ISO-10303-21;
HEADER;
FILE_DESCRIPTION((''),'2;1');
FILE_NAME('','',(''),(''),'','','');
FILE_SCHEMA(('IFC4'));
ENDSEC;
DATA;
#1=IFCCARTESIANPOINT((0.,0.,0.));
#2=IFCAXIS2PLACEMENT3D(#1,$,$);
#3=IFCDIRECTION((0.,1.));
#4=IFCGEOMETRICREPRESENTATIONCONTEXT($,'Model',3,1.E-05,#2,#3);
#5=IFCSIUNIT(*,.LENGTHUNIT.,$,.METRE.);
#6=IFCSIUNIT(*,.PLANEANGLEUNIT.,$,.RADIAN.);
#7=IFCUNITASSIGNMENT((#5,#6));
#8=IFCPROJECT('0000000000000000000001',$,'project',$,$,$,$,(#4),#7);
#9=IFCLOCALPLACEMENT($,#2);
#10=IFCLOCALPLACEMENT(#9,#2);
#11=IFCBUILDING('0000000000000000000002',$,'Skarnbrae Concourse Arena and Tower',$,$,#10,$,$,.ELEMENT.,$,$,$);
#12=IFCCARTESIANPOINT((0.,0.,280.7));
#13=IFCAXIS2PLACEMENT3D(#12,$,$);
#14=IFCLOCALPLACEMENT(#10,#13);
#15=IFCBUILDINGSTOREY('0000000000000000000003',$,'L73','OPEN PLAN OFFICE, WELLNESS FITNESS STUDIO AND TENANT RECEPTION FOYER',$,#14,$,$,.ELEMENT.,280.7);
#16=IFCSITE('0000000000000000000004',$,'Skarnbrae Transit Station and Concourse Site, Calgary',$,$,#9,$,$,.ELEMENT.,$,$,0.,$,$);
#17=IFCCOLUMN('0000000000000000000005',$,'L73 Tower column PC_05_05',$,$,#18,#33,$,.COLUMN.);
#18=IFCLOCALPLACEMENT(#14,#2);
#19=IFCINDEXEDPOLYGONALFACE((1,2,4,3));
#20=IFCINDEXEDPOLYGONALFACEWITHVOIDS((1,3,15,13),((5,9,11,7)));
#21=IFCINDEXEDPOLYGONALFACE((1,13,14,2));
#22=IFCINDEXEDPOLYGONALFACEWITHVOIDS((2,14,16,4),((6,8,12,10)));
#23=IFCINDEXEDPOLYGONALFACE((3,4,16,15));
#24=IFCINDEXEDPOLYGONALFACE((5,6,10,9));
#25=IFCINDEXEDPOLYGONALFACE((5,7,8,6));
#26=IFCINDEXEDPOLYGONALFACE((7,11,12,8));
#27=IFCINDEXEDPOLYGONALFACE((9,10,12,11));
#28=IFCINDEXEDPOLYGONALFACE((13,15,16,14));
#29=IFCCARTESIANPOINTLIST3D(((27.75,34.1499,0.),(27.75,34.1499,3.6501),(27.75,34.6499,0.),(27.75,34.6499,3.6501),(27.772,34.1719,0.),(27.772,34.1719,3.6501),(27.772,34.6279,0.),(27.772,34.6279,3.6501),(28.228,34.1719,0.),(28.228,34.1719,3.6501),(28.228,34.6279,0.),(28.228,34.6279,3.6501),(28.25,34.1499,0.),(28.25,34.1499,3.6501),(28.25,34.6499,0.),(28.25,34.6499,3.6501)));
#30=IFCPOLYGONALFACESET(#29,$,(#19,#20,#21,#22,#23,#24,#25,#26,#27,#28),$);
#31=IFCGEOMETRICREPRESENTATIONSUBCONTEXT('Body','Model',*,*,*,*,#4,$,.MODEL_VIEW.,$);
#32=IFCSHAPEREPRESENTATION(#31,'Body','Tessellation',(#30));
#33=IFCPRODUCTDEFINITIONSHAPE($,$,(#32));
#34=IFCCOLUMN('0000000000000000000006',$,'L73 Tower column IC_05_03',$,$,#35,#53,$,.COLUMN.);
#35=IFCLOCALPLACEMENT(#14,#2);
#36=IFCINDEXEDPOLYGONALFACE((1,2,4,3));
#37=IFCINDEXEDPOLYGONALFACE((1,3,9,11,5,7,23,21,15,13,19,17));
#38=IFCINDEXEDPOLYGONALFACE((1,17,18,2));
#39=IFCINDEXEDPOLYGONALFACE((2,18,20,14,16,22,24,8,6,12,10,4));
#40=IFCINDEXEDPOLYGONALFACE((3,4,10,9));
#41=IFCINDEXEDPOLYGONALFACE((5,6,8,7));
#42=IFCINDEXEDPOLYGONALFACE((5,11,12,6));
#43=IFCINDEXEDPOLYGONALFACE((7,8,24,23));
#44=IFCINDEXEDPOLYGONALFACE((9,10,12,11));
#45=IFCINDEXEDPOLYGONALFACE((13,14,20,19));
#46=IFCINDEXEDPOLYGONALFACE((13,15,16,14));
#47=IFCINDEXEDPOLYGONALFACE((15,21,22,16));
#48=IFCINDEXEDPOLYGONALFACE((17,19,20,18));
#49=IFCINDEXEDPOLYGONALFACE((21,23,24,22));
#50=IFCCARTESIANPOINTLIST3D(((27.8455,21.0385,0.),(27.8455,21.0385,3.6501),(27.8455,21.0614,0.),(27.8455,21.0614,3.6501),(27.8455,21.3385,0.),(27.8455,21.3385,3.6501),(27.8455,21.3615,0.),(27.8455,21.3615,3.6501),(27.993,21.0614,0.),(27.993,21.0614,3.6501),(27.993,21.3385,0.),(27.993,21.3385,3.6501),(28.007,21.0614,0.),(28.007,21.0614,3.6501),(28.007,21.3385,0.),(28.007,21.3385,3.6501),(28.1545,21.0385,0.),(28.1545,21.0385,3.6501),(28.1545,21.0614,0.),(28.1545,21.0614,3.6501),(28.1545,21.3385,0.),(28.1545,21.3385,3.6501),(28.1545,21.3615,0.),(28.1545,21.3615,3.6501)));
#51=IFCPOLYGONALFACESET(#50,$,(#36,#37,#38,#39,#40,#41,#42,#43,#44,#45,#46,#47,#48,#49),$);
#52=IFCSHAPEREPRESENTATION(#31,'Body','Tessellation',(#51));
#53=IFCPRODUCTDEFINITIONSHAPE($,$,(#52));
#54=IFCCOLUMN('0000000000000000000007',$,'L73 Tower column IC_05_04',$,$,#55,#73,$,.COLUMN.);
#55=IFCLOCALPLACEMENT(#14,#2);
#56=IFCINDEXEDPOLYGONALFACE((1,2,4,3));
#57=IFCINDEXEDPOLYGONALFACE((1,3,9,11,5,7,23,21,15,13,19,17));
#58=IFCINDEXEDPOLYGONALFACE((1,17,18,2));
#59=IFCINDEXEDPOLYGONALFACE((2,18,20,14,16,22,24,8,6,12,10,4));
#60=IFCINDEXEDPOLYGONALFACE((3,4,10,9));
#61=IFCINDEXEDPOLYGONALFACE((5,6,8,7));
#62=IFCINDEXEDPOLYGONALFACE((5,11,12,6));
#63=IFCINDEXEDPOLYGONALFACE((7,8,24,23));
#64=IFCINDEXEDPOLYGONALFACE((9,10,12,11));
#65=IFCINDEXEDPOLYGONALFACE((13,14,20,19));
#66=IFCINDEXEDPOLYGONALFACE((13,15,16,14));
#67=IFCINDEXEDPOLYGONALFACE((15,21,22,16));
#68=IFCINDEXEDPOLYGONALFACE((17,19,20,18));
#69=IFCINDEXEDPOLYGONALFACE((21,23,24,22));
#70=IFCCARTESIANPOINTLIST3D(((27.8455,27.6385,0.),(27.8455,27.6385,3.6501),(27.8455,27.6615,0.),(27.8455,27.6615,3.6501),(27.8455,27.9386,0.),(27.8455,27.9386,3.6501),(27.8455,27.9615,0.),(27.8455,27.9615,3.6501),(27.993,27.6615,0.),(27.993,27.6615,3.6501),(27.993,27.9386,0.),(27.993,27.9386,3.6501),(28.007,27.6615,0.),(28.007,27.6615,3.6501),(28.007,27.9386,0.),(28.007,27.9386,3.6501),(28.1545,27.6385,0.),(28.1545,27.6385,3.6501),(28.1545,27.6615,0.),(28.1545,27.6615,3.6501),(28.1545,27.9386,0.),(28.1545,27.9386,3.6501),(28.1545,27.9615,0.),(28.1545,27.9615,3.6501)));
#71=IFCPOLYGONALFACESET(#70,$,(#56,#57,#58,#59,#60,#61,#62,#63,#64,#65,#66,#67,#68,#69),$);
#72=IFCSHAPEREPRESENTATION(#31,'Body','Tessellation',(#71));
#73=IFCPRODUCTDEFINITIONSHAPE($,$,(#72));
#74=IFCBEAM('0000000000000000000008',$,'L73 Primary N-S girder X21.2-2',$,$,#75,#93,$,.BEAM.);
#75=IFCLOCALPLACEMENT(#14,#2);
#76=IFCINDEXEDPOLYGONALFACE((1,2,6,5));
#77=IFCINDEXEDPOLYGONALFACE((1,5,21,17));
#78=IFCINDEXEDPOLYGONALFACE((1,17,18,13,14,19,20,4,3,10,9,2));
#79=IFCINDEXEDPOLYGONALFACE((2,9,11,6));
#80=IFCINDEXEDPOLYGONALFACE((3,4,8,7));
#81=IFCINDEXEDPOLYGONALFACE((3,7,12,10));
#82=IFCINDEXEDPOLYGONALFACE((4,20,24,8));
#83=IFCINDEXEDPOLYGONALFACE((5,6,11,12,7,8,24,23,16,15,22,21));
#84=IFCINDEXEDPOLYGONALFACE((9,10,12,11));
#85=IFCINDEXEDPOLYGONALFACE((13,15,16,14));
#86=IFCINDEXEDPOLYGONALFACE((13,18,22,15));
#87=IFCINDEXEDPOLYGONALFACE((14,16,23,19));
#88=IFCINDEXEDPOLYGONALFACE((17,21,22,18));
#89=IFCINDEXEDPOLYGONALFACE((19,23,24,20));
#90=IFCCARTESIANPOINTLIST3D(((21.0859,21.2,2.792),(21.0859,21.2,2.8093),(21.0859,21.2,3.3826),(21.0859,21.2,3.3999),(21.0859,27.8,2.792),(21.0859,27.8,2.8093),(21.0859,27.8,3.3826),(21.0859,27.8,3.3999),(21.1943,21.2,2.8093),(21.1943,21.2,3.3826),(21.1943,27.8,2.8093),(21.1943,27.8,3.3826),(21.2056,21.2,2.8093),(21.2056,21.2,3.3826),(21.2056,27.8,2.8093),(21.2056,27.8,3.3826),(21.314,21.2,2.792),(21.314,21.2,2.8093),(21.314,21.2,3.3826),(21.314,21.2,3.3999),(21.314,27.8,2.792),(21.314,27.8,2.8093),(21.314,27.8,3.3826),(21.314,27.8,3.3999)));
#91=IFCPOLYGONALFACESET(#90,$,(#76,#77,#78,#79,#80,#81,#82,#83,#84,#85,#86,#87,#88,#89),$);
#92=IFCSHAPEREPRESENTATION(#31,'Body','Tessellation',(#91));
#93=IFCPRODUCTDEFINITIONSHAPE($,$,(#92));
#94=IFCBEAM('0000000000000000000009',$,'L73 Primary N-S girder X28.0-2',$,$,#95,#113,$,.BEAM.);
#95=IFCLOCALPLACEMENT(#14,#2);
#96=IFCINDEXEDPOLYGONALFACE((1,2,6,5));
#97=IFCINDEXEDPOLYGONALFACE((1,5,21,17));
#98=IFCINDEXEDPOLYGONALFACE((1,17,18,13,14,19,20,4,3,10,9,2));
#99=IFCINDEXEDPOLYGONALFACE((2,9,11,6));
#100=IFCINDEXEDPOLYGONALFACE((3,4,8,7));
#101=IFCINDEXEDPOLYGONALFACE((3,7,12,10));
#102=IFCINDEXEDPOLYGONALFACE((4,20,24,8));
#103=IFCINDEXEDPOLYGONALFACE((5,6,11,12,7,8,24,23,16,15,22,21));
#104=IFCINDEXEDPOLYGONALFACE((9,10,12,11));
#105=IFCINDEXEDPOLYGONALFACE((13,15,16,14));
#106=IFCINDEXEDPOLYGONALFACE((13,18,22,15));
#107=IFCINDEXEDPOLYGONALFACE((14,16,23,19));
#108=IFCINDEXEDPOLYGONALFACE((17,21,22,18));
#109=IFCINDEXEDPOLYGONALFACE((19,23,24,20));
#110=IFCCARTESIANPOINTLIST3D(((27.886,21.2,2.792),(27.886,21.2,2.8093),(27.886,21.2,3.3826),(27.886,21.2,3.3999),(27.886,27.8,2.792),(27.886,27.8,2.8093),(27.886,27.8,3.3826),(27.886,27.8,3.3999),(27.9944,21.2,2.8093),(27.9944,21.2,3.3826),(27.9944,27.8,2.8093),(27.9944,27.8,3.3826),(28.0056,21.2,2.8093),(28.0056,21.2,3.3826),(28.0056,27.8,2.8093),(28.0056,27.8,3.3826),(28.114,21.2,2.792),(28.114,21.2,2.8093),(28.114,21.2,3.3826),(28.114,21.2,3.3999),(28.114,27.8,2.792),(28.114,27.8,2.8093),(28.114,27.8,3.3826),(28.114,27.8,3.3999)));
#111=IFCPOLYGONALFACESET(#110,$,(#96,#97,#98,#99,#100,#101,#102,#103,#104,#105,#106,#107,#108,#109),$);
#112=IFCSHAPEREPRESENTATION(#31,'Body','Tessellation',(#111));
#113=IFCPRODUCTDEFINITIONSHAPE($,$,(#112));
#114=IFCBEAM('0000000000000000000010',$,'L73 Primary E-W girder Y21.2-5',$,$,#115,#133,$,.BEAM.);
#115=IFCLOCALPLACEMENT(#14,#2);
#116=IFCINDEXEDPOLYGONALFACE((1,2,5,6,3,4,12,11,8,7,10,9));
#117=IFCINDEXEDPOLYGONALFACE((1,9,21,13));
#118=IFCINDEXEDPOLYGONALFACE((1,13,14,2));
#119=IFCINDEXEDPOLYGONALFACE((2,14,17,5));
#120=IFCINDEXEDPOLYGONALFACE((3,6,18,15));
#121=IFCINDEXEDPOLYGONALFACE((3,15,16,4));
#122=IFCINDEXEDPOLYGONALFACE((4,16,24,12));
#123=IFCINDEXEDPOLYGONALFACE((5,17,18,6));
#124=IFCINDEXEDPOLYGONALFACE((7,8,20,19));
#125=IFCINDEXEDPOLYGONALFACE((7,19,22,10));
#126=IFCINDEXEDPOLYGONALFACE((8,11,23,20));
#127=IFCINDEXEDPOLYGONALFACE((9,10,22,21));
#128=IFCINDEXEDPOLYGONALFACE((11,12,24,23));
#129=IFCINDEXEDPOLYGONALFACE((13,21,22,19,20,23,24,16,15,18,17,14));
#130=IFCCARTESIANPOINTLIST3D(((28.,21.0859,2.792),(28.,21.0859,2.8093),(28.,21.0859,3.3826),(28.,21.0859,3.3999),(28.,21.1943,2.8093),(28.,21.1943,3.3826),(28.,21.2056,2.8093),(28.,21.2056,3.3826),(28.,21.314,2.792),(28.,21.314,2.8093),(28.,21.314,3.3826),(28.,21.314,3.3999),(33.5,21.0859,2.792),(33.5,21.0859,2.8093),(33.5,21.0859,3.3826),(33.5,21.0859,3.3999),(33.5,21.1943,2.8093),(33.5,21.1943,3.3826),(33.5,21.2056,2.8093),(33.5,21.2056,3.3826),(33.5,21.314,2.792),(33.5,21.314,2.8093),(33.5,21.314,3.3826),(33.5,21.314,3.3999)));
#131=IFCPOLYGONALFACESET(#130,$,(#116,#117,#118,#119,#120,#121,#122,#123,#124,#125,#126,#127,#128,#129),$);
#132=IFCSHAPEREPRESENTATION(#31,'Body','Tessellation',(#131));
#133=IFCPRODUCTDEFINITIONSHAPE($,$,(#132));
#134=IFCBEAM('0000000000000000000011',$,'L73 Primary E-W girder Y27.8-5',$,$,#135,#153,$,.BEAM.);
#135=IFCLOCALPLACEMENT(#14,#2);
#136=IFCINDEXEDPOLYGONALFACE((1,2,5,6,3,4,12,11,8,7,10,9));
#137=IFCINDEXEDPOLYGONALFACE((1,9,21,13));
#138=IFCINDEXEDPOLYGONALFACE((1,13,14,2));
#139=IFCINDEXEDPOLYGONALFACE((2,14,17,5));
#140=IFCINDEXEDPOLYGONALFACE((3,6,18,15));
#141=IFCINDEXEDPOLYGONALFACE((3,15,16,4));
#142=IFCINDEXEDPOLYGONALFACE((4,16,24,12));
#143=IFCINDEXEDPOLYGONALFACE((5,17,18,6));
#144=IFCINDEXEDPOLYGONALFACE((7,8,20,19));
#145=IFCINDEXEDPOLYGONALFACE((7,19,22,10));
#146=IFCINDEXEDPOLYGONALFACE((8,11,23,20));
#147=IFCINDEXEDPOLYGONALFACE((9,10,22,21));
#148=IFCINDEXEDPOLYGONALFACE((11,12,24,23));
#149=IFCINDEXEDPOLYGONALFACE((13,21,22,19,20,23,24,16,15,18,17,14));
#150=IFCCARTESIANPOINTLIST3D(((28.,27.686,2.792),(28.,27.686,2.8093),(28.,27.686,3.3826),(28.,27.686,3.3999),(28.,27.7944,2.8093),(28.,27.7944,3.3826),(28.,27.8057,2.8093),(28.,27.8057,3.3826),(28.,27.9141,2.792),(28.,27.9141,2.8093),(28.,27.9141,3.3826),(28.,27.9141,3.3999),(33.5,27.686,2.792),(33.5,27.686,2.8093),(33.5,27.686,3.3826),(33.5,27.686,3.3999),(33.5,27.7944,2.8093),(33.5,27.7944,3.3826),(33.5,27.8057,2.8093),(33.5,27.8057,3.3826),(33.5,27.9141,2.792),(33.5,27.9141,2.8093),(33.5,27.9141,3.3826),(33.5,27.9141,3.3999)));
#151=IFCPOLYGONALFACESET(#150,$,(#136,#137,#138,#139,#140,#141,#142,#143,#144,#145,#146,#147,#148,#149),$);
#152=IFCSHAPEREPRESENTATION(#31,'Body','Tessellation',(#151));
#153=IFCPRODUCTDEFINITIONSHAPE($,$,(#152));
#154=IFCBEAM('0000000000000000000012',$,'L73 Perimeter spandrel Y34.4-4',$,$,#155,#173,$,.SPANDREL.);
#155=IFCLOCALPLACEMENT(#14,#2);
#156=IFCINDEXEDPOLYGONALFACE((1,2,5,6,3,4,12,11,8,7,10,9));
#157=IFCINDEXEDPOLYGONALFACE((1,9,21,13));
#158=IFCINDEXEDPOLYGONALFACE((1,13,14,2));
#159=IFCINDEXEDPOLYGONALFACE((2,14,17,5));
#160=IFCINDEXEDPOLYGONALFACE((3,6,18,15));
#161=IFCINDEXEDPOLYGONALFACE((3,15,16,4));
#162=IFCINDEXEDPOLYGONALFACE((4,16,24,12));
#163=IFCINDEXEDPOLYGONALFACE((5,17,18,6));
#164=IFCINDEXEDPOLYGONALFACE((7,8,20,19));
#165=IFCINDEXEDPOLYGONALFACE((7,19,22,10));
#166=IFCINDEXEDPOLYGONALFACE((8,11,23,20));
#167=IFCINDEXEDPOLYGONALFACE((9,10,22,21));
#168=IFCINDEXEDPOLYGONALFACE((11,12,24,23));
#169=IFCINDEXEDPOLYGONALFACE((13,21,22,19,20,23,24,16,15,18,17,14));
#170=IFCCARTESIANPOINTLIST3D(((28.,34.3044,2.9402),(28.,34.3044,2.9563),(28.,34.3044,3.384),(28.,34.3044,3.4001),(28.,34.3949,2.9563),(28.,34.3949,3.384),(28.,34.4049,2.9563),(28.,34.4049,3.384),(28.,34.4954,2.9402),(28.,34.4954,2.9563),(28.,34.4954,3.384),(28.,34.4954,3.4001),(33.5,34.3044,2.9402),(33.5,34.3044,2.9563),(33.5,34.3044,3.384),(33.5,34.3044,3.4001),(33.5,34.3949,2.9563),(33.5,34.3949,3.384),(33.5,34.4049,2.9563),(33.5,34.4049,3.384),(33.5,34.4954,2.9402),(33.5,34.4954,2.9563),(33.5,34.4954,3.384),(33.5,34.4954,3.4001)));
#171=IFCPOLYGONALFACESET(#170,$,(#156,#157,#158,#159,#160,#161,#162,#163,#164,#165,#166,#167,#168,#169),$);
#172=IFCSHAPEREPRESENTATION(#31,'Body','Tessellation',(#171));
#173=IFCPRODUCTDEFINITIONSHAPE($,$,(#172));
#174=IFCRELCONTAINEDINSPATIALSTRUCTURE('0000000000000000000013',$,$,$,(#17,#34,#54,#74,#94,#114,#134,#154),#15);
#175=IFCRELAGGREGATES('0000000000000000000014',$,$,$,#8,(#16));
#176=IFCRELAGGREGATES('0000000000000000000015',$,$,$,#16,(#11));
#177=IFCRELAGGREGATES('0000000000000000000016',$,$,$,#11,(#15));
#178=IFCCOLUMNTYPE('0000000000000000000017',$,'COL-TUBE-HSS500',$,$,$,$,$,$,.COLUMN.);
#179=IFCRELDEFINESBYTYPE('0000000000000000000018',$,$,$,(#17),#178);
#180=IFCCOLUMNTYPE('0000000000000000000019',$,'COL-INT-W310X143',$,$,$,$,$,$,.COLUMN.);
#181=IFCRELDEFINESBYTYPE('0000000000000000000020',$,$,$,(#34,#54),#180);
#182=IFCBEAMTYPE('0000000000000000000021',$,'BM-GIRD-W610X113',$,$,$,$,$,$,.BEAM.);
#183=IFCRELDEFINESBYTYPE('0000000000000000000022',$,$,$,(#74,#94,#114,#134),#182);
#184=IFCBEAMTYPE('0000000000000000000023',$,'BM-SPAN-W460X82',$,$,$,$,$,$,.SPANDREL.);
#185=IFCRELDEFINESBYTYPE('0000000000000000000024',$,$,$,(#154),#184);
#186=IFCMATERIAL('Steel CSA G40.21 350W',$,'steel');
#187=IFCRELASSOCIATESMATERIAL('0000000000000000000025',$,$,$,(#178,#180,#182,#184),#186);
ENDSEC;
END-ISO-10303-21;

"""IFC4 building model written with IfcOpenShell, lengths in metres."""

from ifc_helpers import new_model, si_unit, direction, frame, origin, origin_2d, place, context, subcontext, project, spatial, hollow_rectangle, i_section, extrude, source, transform, mapped, material, material_profile, profile_set, type_object, element, save


model = new_model("IFC4")

# Units and contexts
model_context = context("Model", 3, precision=1e-05, world=origin(), true_north=direction((0.0, 1.0)))
body_context = subcontext(model_context, "Body", "Model", "MODEL_VIEW")
ifc_project = project(units=[si_unit("LENGTHUNIT", "METRE"), si_unit("PLANEANGLEUNIT", "RADIAN")], contexts=[model_context])

# Site, building, storey
site_placement = place(None, origin())
site = spatial("IfcSite", under=ifc_project, at=site_placement, Name="Skarnbrae Transit Station and Concourse Site, Calgary", CompositionType="ELEMENT", RefElevation=0.0)
building_placement = place(site_placement, origin())
building = spatial("IfcBuilding", under=site, at=building_placement, Name="Skarnbrae Concourse Arena and Tower", CompositionType="ELEMENT")
storey_placement = place(building_placement, frame((0.0, 0.0, 280.7)))
storey = spatial("IfcBuildingStorey", under=building, at=storey_placement, Name="L73", Description="OPEN PLAN OFFICE, WELLNESS FITNESS STUDIO AND TENANT RECEPTION FOYER", CompositionType="ELEMENT", Elevation=280.7)

# Columns
ifc_material_1 = material(Name="Steel CSA G40.21 350W", Category="steel")
ifc_material_profile_1 = material_profile(ifc_material_1, hollow_rectangle(XDim=0.5, YDim=0.5, WallThickness=0.022, at=origin_2d()), Name="HSS500X500X22.0")
ifc_profile_set_1 = profile_set([ifc_material_profile_1], Name="Steel CSA G40.21 350W")
column_type_1 = type_object("IfcColumnType", Name="COL-TUBE-HSS500", PredefinedType="COLUMN", material=ifc_profile_set_1)
shared_shape_1 = source(origin(), body_context, "Body", "SweptSolid", [
    extrude(hollow_rectangle(XDim=0.5, YDim=0.5, WallThickness=0.022, at=origin_2d()), origin(), (0.0, 0.0, 1.0), 3.6501),
])
column_placement = place(storey_placement, frame((28.0, 34.3999, 0.0), z_axis=(0.0, 0.0, 1.0), x_axis=(1.0, 0.0, 0.0)))
element("IfcColumn", 1, at=column_placement, inside=storey, type_object=column_type_1, Name="L73 Tower column PC_05_05", PredefinedType="COLUMN", context=body_context, shape_type="MappedRepresentation", body=[
    mapped(shared_shape_1, transform((0.0, 0.0, 0.0))),
])
ifc_material_profile_2 = material_profile(ifc_material_1, i_section(OverallWidth=0.3091, OverallDepth=0.323, WebThickness=0.0139, FlangeThickness=0.0229, at=origin_2d()), Name="W310X143")
ifc_profile_set_2 = profile_set([ifc_material_profile_2], Name="Steel CSA G40.21 350W")
column_type_2 = type_object("IfcColumnType", Name="COL-INT-W310X143", PredefinedType="COLUMN", material=ifc_profile_set_2)
shared_shape_2 = source(origin(), body_context, "Body", "SweptSolid", [
    extrude(i_section(OverallWidth=0.3091, OverallDepth=0.323, WebThickness=0.0139, FlangeThickness=0.0229, at=origin_2d()), origin(), (0.0, 0.0, 1.0), 3.6501),
])
for number, where, z_axis, x_axis, name in (
    (2, (28.0, 21.2, 0.0), (0.0, 0.0, 1.0), (1.0, 0.0, 0.0), "L73 Tower column IC_05_03"),
    (3, (28.0, 27.8, 0.0), (0.0, 0.0, 1.0), (1.0, 0.0, 0.0), "L73 Tower column IC_05_04"),
):
    element("IfcColumn", number, at=place(storey_placement, frame(where, z_axis=z_axis, x_axis=x_axis)), inside=storey, type_object=column_type_2, Name=name, PredefinedType="COLUMN", context=body_context, shape_type="MappedRepresentation", body=[
        mapped(shared_shape_2, transform((0.0, 0.0, 0.0))),
    ])

# Beams
ifc_material_profile_3 = material_profile(ifc_material_1, i_section(OverallWidth=0.228, OverallDepth=0.6079, WebThickness=0.0112, FlangeThickness=0.0173, at=origin_2d()), Name="W610X113")
ifc_profile_set_3 = profile_set([ifc_material_profile_3], Name="Steel CSA G40.21 350W")
beam_type_1 = type_object("IfcBeamType", Name="BM-GIRD-W610X113", PredefinedType="BEAM", material=ifc_profile_set_3)
shared_shape_3 = source(origin(), body_context, "Body", "SweptSolid", [
    extrude(i_section(OverallWidth=0.228, OverallDepth=0.6079, WebThickness=0.0112, FlangeThickness=0.0173, at=origin_2d()), origin(), (0.0, 0.0, 1.0), 6.6001),
])
for number, where, z_axis, x_axis, name in (
    (4, (21.2, 21.2, 3.0959), (0.0, 1.0, 0.0), (-1.0, 0.0, 0.0), "L73 Primary N-S girder X21.2-2"),
    (5, (28.0, 21.2, 3.0959), (0.0, 1.0, 0.0), (-1.0, 0.0, 0.0), "L73 Primary N-S girder X28.0-2"),
):
    element("IfcBeam", number, at=place(storey_placement, frame(where, z_axis=z_axis, x_axis=x_axis)), inside=storey, type_object=beam_type_1, Name=name, PredefinedType="BEAM", context=body_context, shape_type="MappedRepresentation", body=[
        mapped(shared_shape_3, transform((0.0, 0.0, 0.0))),
    ])
shared_shape_4 = source(origin(), body_context, "Body", "SweptSolid", [
    extrude(i_section(OverallWidth=0.228, OverallDepth=0.6079, WebThickness=0.0112, FlangeThickness=0.0173, at=origin_2d()), origin(), (0.0, 0.0, 1.0), 5.5),
])
for number, where, z_axis, x_axis, name in (
    (6, (28.0, 21.2, 3.0959), (1.0, 0.0, 0.0), (0.0, 1.0, 0.0), "L73 Primary E-W girder Y21.2-5"),
    (7, (28.0, 27.8, 3.0959), (1.0, 0.0, 0.0), (0.0, 1.0, 0.0), "L73 Primary E-W girder Y27.8-5"),
):
    element("IfcBeam", number, at=place(storey_placement, frame(where, z_axis=z_axis, x_axis=x_axis)), inside=storey, type_object=beam_type_1, Name=name, PredefinedType="BEAM", context=body_context, shape_type="MappedRepresentation", body=[
        mapped(shared_shape_4, transform((0.0, 0.0, 0.0))),
    ])
ifc_material_profile_4 = material_profile(ifc_material_1, i_section(OverallWidth=0.1909, OverallDepth=0.46, WebThickness=0.01, FlangeThickness=0.0161, at=origin_2d()), Name="W460X82")
ifc_profile_set_4 = profile_set([ifc_material_profile_4], Name="Steel CSA G40.21 350W")
beam_type_2 = type_object("IfcBeamType", Name="BM-SPAN-W460X82", PredefinedType="SPANDREL", material=ifc_profile_set_4)
shared_shape_5 = source(origin(), body_context, "Body", "SweptSolid", [
    extrude(i_section(OverallWidth=0.1909, OverallDepth=0.46, WebThickness=0.01, FlangeThickness=0.0161, at=origin_2d()), origin(), (0.0, 0.0, 1.0), 5.5),
])
beam_placement = place(storey_placement, frame((28.0, 34.3999, 3.1702), z_axis=(1.0, 0.0, 0.0), x_axis=(0.0, 1.0, 0.0)))
element("IfcBeam", 8, at=beam_placement, inside=storey, type_object=beam_type_2, Name="L73 Perimeter spandrel Y34.4-4", PredefinedType="SPANDREL", context=body_context, shape_type="MappedRepresentation", body=[
    mapped(shared_shape_5, transform((0.0, 0.0, 0.0))),
])

save(model, "model.ifc")
